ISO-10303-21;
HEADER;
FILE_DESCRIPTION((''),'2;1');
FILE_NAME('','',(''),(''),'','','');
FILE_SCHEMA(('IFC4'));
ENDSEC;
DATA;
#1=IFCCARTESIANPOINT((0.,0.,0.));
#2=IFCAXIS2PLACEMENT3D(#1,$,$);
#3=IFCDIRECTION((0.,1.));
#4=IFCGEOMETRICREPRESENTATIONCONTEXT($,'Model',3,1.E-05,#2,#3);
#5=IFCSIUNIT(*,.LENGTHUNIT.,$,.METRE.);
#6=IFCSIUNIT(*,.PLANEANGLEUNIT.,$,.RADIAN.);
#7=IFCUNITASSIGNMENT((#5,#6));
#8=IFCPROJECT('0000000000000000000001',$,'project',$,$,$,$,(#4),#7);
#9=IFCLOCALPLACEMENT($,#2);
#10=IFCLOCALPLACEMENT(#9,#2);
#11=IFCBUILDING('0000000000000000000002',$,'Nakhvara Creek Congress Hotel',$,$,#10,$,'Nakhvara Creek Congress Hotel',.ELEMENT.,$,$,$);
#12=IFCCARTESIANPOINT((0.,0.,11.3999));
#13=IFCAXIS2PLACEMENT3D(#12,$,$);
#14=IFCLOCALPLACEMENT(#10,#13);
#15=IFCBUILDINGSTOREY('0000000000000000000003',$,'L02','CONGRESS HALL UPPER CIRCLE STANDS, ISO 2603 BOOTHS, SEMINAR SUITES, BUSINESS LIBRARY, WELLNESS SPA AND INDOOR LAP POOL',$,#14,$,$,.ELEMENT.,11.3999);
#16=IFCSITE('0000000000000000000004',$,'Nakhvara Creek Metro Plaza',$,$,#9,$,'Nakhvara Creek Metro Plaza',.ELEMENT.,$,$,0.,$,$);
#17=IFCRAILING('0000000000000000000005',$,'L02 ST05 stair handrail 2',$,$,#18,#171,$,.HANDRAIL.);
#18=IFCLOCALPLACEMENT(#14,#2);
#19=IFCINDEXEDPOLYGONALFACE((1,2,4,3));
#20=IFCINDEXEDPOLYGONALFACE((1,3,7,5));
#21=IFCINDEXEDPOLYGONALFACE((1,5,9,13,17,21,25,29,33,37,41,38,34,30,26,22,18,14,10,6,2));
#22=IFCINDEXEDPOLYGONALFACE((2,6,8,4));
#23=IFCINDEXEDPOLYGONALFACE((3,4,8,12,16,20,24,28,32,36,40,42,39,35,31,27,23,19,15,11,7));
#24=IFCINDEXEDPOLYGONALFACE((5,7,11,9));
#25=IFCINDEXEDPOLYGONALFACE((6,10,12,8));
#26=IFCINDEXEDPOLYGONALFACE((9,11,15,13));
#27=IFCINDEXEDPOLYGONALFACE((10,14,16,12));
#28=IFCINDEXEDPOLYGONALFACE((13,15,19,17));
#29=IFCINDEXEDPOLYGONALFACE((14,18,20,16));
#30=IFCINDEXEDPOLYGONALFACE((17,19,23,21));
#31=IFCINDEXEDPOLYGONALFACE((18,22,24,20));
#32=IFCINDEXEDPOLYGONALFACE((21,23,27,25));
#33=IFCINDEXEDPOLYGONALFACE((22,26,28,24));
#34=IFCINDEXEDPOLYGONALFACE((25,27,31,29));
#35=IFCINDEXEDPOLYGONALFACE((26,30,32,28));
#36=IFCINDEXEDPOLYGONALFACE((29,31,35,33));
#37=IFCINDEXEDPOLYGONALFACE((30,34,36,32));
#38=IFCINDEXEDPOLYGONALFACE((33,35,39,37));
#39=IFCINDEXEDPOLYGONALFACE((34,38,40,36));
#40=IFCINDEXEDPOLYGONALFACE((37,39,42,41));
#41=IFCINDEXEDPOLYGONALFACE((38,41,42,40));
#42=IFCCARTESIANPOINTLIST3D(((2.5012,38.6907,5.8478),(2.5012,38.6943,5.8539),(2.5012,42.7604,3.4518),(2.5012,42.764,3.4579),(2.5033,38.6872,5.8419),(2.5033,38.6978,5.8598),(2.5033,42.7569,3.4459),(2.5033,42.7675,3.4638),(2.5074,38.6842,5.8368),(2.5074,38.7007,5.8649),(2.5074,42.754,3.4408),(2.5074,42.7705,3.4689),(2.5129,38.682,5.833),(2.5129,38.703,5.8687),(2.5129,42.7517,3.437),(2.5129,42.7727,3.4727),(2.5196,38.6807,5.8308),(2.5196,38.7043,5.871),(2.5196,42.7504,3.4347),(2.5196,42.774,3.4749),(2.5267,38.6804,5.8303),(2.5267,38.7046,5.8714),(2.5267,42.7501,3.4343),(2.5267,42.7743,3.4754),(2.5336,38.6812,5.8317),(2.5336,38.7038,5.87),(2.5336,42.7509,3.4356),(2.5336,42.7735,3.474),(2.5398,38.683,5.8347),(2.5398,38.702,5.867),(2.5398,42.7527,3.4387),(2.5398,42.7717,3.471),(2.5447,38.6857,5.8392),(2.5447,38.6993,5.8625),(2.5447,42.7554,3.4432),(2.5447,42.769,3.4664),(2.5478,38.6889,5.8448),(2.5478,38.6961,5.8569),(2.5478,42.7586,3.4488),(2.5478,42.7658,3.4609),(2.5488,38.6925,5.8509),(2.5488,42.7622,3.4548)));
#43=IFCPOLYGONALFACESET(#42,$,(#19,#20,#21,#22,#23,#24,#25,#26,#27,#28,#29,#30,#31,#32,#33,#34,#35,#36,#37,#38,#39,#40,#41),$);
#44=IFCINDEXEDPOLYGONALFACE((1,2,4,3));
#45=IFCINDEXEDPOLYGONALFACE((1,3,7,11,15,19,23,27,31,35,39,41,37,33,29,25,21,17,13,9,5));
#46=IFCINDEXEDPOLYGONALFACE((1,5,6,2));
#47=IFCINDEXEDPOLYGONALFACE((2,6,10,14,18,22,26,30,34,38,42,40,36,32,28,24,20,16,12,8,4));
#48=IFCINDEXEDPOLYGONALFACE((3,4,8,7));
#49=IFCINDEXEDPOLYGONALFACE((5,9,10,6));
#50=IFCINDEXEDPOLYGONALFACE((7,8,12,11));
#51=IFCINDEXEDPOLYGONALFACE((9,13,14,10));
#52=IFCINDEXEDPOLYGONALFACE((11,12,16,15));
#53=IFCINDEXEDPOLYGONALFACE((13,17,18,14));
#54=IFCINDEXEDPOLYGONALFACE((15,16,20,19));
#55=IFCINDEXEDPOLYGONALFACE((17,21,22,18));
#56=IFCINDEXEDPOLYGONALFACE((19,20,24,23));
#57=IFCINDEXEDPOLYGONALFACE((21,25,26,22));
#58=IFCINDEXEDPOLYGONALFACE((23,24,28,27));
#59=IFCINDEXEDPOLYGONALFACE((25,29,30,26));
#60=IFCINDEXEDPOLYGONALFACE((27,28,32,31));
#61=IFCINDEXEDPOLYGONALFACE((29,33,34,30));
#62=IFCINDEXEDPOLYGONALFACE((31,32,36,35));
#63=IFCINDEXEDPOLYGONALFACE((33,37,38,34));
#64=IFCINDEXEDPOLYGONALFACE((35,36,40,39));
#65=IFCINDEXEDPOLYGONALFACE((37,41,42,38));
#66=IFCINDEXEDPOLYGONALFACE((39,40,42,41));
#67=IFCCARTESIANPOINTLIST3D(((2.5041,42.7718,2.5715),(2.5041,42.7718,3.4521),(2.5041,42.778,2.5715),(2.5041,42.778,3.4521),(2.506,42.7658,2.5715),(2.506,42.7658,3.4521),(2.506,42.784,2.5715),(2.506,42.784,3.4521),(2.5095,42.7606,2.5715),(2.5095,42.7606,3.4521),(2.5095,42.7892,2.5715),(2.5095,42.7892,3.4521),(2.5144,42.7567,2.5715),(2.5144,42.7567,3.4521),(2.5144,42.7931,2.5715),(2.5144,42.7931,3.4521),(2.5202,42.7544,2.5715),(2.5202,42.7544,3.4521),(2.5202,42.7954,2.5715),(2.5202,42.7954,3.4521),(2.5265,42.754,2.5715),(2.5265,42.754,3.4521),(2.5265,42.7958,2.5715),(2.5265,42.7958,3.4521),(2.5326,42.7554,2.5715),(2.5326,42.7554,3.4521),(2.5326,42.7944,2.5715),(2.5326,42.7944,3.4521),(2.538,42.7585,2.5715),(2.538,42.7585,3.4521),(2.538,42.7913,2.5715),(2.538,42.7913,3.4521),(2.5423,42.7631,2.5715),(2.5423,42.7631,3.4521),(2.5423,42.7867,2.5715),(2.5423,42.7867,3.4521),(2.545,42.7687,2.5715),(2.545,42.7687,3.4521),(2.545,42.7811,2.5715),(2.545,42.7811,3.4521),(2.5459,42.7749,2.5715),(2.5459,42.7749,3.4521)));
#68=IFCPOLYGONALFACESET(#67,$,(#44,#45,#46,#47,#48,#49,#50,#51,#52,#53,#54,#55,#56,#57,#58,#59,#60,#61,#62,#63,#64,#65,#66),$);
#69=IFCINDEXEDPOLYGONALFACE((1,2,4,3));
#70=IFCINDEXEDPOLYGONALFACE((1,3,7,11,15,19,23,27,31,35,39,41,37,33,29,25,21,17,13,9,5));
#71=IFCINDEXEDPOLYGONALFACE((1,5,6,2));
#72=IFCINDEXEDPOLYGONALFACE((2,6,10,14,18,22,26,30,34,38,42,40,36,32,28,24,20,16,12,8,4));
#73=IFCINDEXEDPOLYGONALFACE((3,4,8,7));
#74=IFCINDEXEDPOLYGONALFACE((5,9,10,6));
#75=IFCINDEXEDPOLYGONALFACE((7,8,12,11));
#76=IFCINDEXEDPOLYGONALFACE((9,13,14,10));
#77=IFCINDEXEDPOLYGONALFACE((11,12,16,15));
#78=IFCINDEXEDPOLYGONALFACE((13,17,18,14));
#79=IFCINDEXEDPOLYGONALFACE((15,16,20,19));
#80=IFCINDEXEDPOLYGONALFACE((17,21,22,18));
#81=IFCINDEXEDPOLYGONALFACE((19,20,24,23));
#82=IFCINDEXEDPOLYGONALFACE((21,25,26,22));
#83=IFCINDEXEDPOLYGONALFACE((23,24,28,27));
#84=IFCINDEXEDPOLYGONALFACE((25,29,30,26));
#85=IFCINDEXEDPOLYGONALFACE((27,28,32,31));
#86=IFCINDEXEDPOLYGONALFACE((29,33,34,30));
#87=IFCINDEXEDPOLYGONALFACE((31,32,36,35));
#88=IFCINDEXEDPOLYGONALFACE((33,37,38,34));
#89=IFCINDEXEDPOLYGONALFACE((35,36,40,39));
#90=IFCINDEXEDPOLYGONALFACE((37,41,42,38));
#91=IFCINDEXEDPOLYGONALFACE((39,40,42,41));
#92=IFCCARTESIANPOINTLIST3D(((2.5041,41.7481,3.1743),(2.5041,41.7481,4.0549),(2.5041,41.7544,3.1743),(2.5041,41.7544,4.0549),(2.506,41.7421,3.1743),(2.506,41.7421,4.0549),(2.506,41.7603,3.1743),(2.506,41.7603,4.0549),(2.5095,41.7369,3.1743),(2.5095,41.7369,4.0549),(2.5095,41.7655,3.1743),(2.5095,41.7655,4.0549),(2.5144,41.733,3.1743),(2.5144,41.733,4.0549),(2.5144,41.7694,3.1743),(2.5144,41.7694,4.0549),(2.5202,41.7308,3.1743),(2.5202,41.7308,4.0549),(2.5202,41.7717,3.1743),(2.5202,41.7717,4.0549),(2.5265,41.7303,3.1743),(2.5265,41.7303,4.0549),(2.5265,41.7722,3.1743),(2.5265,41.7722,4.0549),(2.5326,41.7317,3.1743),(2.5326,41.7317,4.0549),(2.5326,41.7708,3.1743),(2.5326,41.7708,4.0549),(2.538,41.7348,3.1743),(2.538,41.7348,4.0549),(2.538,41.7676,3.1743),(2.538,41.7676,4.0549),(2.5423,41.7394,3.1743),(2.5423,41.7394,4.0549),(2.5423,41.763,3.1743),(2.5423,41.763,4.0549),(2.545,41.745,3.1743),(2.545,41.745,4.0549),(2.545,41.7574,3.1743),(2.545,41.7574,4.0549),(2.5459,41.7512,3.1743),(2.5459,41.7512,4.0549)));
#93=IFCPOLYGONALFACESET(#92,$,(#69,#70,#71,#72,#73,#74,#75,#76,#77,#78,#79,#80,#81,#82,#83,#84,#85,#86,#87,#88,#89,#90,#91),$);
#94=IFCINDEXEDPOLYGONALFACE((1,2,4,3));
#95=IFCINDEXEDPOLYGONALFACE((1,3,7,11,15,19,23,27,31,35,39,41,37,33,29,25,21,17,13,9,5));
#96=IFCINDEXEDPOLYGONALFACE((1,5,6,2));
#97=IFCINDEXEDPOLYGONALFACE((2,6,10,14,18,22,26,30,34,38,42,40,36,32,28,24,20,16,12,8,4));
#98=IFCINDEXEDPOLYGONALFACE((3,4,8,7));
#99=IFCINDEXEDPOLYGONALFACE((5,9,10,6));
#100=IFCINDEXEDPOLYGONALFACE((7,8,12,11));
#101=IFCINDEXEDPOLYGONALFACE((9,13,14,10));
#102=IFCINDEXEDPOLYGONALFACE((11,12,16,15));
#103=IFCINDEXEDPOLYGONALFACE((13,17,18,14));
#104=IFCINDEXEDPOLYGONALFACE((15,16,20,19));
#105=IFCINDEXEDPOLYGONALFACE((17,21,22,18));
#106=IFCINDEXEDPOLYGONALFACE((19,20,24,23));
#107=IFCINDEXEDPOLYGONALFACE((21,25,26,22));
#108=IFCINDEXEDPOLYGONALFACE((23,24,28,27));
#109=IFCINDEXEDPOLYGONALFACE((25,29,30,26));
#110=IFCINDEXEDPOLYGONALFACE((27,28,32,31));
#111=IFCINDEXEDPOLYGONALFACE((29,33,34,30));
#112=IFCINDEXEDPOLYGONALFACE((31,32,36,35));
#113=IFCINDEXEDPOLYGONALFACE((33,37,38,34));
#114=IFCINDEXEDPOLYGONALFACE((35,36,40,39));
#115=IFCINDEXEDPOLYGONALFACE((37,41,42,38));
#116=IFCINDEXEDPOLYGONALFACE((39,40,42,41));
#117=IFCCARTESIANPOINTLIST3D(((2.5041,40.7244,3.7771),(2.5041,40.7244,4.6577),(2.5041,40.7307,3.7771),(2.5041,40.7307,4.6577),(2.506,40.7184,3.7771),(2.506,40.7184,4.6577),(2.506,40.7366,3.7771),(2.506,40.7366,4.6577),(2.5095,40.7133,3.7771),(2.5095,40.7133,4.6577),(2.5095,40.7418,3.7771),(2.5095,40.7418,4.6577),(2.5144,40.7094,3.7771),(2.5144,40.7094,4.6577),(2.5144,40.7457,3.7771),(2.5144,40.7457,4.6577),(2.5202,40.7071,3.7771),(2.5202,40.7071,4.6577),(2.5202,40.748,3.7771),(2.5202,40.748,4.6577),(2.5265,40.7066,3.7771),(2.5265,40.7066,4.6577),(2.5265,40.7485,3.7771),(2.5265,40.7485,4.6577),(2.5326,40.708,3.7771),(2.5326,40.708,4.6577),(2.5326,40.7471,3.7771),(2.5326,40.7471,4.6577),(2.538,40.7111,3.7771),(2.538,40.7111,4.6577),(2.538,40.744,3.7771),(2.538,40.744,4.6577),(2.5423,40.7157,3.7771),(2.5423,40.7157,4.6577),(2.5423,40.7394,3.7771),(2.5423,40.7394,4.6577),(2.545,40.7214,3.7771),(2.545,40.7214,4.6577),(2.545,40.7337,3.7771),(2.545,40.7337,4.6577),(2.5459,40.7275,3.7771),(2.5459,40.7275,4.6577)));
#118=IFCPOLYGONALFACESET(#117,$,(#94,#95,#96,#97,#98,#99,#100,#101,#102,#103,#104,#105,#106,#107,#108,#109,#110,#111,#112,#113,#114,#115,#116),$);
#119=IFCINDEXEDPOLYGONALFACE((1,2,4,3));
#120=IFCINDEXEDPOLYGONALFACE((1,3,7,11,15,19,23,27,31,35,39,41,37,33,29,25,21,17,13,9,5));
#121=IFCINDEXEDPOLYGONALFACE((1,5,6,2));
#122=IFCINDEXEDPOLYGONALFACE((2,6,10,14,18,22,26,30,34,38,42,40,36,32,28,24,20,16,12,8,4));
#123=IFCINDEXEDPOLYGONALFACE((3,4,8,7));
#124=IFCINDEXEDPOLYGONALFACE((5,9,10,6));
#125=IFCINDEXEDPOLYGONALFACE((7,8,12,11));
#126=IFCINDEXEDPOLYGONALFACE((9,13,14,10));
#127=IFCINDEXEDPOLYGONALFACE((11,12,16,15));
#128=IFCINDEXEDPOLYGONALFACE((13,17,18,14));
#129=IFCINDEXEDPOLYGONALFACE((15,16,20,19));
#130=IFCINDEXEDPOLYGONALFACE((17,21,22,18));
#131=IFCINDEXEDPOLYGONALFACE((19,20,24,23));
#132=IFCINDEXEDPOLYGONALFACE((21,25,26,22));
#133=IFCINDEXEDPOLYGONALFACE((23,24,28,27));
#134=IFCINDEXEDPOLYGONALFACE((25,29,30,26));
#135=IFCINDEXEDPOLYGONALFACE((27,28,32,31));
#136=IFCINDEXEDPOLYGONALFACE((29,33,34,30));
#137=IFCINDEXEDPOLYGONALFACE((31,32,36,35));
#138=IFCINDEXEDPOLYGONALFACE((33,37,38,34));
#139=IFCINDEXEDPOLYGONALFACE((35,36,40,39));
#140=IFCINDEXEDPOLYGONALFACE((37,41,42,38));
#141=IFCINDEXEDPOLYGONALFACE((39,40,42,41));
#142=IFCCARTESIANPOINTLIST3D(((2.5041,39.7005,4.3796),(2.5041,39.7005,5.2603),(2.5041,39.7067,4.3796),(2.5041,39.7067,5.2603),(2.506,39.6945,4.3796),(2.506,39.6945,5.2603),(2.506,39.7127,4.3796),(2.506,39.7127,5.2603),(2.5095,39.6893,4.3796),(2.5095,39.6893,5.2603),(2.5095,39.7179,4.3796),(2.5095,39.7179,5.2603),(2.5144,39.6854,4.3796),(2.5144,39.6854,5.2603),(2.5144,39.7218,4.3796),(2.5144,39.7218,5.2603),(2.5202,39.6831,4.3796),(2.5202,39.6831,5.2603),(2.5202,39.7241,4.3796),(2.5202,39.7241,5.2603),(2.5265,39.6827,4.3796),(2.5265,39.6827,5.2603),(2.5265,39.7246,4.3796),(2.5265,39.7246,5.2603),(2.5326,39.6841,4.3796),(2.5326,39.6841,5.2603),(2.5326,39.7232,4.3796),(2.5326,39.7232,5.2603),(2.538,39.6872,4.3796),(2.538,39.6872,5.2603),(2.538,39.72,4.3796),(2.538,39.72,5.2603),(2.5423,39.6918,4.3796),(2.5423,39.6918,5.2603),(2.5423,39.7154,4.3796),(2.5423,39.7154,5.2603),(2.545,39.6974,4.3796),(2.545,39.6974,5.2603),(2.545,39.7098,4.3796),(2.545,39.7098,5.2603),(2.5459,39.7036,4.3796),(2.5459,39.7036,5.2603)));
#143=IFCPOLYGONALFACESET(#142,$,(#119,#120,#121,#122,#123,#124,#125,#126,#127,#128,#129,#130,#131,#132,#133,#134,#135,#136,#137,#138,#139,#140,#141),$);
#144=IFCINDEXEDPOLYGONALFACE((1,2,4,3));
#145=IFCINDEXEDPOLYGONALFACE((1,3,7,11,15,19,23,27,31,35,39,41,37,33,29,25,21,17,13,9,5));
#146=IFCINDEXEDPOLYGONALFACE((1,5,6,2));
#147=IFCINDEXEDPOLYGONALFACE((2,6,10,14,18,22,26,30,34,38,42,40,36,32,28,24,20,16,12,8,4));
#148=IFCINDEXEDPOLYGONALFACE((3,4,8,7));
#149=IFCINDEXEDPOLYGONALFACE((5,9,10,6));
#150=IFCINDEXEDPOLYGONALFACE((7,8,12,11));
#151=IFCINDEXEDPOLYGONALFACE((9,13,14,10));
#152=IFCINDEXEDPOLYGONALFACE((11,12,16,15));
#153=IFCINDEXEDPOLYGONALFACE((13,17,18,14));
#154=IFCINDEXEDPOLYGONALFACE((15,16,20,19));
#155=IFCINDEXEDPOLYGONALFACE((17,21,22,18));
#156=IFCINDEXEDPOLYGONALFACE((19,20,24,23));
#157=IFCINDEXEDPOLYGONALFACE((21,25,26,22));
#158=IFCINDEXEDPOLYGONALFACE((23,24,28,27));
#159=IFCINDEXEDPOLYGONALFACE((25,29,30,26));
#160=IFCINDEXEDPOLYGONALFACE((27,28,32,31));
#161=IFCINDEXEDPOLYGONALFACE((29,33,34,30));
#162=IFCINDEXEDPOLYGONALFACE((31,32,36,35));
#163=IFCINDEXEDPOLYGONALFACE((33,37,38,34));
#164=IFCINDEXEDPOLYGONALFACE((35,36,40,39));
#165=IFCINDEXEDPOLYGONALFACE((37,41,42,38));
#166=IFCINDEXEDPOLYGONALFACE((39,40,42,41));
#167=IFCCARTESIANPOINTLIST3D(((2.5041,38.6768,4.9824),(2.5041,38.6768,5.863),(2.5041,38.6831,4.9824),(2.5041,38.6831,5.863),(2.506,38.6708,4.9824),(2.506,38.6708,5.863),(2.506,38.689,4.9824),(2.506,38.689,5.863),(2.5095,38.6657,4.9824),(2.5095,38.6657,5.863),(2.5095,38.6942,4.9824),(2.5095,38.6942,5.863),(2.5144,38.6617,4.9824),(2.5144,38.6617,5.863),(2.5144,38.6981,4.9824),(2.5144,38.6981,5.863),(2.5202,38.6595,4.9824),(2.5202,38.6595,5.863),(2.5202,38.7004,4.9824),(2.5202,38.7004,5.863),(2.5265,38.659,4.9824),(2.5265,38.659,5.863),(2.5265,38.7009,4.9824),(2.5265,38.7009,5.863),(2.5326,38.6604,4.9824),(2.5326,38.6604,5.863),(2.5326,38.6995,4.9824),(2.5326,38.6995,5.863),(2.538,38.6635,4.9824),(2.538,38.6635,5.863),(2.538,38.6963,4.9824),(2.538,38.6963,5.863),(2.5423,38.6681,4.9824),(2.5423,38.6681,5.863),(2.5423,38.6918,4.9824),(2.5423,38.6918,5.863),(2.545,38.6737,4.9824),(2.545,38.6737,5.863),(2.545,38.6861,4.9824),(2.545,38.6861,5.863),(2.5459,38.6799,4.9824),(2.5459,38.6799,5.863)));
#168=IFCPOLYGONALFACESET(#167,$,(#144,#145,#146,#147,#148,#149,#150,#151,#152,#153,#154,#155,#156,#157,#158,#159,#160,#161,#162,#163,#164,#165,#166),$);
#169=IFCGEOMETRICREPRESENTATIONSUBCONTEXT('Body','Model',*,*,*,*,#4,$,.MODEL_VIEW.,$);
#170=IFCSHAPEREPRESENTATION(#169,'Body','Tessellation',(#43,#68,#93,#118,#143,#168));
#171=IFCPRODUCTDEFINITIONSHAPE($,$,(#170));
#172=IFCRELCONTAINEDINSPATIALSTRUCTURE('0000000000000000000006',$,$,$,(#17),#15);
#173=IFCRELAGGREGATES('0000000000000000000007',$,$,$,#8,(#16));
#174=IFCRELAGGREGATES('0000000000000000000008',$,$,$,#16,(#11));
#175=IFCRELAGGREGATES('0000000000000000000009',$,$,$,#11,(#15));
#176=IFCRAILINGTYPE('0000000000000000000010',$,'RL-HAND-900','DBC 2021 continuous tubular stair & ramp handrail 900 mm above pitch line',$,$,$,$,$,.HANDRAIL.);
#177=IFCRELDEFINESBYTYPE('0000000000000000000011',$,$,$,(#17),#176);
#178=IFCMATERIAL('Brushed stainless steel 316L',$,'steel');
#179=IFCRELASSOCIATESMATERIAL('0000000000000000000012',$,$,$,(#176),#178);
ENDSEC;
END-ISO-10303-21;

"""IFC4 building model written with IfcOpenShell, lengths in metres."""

from ifc_helpers import new_model, si_unit, direction, frame, origin, origin_2d, place, context, subcontext, project, spatial, circle, extrude, material, type_object, element, save


model = new_model("IFC4")

# Units and contexts
model_context = context("Model", 3, precision=1e-05, world=origin(), true_north=direction((0.0, 1.0)))
body_context = subcontext(model_context, "Body", "Model", "MODEL_VIEW")
ifc_project = project(units=[si_unit("LENGTHUNIT", "METRE"), si_unit("PLANEANGLEUNIT", "RADIAN")], contexts=[model_context])

# Site, building, storey
site_placement = place(None, origin())
site = spatial("IfcSite", under=ifc_project, at=site_placement, Name="Nakhvara Creek Metro Plaza", LongName="Nakhvara Creek Metro Plaza", CompositionType="ELEMENT", RefElevation=0.0)
building_placement = place(site_placement, origin())
building = spatial("IfcBuilding", under=site, at=building_placement, Name="Nakhvara Creek Congress Hotel", LongName="Nakhvara Creek Congress Hotel", CompositionType="ELEMENT")
storey_placement = place(building_placement, frame((0.0, 0.0, 11.3999)))
storey = spatial("IfcBuildingStorey", under=building, at=storey_placement, Name="L02", Description="CONGRESS HALL UPPER CIRCLE STANDS, ISO 2603 BOOTHS, SEMINAR SUITES, BUSINESS LIBRARY, WELLNESS SPA AND INDOOR LAP POOL", CompositionType="ELEMENT", Elevation=11.3999)

# Railing
ifc_material_1 = material(Name="Brushed stainless steel 316L", Category="steel")
railing_type_1 = type_object("IfcRailingType", Name="RL-HAND-900", Description="DBC 2021 continuous tubular stair & ramp handrail 900 mm above pitch line", PredefinedType="HANDRAIL", material=ifc_material_1)
railing_1_placement = place(storey_placement, frame((2.5249, 42.7749, 2.5715)))
element("IfcRailing", 1, at=railing_1_placement, inside=storey, type_object=railing_type_1, Name="L02 ST05 stair handrail 2", PredefinedType="HANDRAIL", context=body_context, shape_type="SweptSolid", body=[
    extrude(circle(Radius=0.0239, at=origin_2d()), frame((0.0, -0.0127, 0.8833), z_axis=(0.0, -0.861743, 0.507346), x_axis=(1.0, 0.0, 0.0)), (0.0, 0.0, 1.0), 4.7227),
    extrude(circle(Radius=0.021, at=origin_2d()), origin(), (0.0, 0.0, 1.0), 0.8806),
    extrude(circle(Radius=0.021, at=origin_2d()), frame((0.0, -1.0237, 0.6028)), (0.0, 0.0, 1.0), 0.8806),
    extrude(circle(Radius=0.021, at=origin_2d()), frame((0.0, -2.0474, 1.2056)), (0.0, 0.0, 1.0), 0.8806),
    extrude(circle(Radius=0.021, at=origin_2d()), frame((0.0, -3.0713, 1.8081)), (0.0, 0.0, 1.0), 0.8806),
    extrude(circle(Radius=0.021, at=origin_2d()), frame((0.0, -4.095, 2.4109)), (0.0, 0.0, 1.0), 0.8806),
])

save(model, "model.ifc")
